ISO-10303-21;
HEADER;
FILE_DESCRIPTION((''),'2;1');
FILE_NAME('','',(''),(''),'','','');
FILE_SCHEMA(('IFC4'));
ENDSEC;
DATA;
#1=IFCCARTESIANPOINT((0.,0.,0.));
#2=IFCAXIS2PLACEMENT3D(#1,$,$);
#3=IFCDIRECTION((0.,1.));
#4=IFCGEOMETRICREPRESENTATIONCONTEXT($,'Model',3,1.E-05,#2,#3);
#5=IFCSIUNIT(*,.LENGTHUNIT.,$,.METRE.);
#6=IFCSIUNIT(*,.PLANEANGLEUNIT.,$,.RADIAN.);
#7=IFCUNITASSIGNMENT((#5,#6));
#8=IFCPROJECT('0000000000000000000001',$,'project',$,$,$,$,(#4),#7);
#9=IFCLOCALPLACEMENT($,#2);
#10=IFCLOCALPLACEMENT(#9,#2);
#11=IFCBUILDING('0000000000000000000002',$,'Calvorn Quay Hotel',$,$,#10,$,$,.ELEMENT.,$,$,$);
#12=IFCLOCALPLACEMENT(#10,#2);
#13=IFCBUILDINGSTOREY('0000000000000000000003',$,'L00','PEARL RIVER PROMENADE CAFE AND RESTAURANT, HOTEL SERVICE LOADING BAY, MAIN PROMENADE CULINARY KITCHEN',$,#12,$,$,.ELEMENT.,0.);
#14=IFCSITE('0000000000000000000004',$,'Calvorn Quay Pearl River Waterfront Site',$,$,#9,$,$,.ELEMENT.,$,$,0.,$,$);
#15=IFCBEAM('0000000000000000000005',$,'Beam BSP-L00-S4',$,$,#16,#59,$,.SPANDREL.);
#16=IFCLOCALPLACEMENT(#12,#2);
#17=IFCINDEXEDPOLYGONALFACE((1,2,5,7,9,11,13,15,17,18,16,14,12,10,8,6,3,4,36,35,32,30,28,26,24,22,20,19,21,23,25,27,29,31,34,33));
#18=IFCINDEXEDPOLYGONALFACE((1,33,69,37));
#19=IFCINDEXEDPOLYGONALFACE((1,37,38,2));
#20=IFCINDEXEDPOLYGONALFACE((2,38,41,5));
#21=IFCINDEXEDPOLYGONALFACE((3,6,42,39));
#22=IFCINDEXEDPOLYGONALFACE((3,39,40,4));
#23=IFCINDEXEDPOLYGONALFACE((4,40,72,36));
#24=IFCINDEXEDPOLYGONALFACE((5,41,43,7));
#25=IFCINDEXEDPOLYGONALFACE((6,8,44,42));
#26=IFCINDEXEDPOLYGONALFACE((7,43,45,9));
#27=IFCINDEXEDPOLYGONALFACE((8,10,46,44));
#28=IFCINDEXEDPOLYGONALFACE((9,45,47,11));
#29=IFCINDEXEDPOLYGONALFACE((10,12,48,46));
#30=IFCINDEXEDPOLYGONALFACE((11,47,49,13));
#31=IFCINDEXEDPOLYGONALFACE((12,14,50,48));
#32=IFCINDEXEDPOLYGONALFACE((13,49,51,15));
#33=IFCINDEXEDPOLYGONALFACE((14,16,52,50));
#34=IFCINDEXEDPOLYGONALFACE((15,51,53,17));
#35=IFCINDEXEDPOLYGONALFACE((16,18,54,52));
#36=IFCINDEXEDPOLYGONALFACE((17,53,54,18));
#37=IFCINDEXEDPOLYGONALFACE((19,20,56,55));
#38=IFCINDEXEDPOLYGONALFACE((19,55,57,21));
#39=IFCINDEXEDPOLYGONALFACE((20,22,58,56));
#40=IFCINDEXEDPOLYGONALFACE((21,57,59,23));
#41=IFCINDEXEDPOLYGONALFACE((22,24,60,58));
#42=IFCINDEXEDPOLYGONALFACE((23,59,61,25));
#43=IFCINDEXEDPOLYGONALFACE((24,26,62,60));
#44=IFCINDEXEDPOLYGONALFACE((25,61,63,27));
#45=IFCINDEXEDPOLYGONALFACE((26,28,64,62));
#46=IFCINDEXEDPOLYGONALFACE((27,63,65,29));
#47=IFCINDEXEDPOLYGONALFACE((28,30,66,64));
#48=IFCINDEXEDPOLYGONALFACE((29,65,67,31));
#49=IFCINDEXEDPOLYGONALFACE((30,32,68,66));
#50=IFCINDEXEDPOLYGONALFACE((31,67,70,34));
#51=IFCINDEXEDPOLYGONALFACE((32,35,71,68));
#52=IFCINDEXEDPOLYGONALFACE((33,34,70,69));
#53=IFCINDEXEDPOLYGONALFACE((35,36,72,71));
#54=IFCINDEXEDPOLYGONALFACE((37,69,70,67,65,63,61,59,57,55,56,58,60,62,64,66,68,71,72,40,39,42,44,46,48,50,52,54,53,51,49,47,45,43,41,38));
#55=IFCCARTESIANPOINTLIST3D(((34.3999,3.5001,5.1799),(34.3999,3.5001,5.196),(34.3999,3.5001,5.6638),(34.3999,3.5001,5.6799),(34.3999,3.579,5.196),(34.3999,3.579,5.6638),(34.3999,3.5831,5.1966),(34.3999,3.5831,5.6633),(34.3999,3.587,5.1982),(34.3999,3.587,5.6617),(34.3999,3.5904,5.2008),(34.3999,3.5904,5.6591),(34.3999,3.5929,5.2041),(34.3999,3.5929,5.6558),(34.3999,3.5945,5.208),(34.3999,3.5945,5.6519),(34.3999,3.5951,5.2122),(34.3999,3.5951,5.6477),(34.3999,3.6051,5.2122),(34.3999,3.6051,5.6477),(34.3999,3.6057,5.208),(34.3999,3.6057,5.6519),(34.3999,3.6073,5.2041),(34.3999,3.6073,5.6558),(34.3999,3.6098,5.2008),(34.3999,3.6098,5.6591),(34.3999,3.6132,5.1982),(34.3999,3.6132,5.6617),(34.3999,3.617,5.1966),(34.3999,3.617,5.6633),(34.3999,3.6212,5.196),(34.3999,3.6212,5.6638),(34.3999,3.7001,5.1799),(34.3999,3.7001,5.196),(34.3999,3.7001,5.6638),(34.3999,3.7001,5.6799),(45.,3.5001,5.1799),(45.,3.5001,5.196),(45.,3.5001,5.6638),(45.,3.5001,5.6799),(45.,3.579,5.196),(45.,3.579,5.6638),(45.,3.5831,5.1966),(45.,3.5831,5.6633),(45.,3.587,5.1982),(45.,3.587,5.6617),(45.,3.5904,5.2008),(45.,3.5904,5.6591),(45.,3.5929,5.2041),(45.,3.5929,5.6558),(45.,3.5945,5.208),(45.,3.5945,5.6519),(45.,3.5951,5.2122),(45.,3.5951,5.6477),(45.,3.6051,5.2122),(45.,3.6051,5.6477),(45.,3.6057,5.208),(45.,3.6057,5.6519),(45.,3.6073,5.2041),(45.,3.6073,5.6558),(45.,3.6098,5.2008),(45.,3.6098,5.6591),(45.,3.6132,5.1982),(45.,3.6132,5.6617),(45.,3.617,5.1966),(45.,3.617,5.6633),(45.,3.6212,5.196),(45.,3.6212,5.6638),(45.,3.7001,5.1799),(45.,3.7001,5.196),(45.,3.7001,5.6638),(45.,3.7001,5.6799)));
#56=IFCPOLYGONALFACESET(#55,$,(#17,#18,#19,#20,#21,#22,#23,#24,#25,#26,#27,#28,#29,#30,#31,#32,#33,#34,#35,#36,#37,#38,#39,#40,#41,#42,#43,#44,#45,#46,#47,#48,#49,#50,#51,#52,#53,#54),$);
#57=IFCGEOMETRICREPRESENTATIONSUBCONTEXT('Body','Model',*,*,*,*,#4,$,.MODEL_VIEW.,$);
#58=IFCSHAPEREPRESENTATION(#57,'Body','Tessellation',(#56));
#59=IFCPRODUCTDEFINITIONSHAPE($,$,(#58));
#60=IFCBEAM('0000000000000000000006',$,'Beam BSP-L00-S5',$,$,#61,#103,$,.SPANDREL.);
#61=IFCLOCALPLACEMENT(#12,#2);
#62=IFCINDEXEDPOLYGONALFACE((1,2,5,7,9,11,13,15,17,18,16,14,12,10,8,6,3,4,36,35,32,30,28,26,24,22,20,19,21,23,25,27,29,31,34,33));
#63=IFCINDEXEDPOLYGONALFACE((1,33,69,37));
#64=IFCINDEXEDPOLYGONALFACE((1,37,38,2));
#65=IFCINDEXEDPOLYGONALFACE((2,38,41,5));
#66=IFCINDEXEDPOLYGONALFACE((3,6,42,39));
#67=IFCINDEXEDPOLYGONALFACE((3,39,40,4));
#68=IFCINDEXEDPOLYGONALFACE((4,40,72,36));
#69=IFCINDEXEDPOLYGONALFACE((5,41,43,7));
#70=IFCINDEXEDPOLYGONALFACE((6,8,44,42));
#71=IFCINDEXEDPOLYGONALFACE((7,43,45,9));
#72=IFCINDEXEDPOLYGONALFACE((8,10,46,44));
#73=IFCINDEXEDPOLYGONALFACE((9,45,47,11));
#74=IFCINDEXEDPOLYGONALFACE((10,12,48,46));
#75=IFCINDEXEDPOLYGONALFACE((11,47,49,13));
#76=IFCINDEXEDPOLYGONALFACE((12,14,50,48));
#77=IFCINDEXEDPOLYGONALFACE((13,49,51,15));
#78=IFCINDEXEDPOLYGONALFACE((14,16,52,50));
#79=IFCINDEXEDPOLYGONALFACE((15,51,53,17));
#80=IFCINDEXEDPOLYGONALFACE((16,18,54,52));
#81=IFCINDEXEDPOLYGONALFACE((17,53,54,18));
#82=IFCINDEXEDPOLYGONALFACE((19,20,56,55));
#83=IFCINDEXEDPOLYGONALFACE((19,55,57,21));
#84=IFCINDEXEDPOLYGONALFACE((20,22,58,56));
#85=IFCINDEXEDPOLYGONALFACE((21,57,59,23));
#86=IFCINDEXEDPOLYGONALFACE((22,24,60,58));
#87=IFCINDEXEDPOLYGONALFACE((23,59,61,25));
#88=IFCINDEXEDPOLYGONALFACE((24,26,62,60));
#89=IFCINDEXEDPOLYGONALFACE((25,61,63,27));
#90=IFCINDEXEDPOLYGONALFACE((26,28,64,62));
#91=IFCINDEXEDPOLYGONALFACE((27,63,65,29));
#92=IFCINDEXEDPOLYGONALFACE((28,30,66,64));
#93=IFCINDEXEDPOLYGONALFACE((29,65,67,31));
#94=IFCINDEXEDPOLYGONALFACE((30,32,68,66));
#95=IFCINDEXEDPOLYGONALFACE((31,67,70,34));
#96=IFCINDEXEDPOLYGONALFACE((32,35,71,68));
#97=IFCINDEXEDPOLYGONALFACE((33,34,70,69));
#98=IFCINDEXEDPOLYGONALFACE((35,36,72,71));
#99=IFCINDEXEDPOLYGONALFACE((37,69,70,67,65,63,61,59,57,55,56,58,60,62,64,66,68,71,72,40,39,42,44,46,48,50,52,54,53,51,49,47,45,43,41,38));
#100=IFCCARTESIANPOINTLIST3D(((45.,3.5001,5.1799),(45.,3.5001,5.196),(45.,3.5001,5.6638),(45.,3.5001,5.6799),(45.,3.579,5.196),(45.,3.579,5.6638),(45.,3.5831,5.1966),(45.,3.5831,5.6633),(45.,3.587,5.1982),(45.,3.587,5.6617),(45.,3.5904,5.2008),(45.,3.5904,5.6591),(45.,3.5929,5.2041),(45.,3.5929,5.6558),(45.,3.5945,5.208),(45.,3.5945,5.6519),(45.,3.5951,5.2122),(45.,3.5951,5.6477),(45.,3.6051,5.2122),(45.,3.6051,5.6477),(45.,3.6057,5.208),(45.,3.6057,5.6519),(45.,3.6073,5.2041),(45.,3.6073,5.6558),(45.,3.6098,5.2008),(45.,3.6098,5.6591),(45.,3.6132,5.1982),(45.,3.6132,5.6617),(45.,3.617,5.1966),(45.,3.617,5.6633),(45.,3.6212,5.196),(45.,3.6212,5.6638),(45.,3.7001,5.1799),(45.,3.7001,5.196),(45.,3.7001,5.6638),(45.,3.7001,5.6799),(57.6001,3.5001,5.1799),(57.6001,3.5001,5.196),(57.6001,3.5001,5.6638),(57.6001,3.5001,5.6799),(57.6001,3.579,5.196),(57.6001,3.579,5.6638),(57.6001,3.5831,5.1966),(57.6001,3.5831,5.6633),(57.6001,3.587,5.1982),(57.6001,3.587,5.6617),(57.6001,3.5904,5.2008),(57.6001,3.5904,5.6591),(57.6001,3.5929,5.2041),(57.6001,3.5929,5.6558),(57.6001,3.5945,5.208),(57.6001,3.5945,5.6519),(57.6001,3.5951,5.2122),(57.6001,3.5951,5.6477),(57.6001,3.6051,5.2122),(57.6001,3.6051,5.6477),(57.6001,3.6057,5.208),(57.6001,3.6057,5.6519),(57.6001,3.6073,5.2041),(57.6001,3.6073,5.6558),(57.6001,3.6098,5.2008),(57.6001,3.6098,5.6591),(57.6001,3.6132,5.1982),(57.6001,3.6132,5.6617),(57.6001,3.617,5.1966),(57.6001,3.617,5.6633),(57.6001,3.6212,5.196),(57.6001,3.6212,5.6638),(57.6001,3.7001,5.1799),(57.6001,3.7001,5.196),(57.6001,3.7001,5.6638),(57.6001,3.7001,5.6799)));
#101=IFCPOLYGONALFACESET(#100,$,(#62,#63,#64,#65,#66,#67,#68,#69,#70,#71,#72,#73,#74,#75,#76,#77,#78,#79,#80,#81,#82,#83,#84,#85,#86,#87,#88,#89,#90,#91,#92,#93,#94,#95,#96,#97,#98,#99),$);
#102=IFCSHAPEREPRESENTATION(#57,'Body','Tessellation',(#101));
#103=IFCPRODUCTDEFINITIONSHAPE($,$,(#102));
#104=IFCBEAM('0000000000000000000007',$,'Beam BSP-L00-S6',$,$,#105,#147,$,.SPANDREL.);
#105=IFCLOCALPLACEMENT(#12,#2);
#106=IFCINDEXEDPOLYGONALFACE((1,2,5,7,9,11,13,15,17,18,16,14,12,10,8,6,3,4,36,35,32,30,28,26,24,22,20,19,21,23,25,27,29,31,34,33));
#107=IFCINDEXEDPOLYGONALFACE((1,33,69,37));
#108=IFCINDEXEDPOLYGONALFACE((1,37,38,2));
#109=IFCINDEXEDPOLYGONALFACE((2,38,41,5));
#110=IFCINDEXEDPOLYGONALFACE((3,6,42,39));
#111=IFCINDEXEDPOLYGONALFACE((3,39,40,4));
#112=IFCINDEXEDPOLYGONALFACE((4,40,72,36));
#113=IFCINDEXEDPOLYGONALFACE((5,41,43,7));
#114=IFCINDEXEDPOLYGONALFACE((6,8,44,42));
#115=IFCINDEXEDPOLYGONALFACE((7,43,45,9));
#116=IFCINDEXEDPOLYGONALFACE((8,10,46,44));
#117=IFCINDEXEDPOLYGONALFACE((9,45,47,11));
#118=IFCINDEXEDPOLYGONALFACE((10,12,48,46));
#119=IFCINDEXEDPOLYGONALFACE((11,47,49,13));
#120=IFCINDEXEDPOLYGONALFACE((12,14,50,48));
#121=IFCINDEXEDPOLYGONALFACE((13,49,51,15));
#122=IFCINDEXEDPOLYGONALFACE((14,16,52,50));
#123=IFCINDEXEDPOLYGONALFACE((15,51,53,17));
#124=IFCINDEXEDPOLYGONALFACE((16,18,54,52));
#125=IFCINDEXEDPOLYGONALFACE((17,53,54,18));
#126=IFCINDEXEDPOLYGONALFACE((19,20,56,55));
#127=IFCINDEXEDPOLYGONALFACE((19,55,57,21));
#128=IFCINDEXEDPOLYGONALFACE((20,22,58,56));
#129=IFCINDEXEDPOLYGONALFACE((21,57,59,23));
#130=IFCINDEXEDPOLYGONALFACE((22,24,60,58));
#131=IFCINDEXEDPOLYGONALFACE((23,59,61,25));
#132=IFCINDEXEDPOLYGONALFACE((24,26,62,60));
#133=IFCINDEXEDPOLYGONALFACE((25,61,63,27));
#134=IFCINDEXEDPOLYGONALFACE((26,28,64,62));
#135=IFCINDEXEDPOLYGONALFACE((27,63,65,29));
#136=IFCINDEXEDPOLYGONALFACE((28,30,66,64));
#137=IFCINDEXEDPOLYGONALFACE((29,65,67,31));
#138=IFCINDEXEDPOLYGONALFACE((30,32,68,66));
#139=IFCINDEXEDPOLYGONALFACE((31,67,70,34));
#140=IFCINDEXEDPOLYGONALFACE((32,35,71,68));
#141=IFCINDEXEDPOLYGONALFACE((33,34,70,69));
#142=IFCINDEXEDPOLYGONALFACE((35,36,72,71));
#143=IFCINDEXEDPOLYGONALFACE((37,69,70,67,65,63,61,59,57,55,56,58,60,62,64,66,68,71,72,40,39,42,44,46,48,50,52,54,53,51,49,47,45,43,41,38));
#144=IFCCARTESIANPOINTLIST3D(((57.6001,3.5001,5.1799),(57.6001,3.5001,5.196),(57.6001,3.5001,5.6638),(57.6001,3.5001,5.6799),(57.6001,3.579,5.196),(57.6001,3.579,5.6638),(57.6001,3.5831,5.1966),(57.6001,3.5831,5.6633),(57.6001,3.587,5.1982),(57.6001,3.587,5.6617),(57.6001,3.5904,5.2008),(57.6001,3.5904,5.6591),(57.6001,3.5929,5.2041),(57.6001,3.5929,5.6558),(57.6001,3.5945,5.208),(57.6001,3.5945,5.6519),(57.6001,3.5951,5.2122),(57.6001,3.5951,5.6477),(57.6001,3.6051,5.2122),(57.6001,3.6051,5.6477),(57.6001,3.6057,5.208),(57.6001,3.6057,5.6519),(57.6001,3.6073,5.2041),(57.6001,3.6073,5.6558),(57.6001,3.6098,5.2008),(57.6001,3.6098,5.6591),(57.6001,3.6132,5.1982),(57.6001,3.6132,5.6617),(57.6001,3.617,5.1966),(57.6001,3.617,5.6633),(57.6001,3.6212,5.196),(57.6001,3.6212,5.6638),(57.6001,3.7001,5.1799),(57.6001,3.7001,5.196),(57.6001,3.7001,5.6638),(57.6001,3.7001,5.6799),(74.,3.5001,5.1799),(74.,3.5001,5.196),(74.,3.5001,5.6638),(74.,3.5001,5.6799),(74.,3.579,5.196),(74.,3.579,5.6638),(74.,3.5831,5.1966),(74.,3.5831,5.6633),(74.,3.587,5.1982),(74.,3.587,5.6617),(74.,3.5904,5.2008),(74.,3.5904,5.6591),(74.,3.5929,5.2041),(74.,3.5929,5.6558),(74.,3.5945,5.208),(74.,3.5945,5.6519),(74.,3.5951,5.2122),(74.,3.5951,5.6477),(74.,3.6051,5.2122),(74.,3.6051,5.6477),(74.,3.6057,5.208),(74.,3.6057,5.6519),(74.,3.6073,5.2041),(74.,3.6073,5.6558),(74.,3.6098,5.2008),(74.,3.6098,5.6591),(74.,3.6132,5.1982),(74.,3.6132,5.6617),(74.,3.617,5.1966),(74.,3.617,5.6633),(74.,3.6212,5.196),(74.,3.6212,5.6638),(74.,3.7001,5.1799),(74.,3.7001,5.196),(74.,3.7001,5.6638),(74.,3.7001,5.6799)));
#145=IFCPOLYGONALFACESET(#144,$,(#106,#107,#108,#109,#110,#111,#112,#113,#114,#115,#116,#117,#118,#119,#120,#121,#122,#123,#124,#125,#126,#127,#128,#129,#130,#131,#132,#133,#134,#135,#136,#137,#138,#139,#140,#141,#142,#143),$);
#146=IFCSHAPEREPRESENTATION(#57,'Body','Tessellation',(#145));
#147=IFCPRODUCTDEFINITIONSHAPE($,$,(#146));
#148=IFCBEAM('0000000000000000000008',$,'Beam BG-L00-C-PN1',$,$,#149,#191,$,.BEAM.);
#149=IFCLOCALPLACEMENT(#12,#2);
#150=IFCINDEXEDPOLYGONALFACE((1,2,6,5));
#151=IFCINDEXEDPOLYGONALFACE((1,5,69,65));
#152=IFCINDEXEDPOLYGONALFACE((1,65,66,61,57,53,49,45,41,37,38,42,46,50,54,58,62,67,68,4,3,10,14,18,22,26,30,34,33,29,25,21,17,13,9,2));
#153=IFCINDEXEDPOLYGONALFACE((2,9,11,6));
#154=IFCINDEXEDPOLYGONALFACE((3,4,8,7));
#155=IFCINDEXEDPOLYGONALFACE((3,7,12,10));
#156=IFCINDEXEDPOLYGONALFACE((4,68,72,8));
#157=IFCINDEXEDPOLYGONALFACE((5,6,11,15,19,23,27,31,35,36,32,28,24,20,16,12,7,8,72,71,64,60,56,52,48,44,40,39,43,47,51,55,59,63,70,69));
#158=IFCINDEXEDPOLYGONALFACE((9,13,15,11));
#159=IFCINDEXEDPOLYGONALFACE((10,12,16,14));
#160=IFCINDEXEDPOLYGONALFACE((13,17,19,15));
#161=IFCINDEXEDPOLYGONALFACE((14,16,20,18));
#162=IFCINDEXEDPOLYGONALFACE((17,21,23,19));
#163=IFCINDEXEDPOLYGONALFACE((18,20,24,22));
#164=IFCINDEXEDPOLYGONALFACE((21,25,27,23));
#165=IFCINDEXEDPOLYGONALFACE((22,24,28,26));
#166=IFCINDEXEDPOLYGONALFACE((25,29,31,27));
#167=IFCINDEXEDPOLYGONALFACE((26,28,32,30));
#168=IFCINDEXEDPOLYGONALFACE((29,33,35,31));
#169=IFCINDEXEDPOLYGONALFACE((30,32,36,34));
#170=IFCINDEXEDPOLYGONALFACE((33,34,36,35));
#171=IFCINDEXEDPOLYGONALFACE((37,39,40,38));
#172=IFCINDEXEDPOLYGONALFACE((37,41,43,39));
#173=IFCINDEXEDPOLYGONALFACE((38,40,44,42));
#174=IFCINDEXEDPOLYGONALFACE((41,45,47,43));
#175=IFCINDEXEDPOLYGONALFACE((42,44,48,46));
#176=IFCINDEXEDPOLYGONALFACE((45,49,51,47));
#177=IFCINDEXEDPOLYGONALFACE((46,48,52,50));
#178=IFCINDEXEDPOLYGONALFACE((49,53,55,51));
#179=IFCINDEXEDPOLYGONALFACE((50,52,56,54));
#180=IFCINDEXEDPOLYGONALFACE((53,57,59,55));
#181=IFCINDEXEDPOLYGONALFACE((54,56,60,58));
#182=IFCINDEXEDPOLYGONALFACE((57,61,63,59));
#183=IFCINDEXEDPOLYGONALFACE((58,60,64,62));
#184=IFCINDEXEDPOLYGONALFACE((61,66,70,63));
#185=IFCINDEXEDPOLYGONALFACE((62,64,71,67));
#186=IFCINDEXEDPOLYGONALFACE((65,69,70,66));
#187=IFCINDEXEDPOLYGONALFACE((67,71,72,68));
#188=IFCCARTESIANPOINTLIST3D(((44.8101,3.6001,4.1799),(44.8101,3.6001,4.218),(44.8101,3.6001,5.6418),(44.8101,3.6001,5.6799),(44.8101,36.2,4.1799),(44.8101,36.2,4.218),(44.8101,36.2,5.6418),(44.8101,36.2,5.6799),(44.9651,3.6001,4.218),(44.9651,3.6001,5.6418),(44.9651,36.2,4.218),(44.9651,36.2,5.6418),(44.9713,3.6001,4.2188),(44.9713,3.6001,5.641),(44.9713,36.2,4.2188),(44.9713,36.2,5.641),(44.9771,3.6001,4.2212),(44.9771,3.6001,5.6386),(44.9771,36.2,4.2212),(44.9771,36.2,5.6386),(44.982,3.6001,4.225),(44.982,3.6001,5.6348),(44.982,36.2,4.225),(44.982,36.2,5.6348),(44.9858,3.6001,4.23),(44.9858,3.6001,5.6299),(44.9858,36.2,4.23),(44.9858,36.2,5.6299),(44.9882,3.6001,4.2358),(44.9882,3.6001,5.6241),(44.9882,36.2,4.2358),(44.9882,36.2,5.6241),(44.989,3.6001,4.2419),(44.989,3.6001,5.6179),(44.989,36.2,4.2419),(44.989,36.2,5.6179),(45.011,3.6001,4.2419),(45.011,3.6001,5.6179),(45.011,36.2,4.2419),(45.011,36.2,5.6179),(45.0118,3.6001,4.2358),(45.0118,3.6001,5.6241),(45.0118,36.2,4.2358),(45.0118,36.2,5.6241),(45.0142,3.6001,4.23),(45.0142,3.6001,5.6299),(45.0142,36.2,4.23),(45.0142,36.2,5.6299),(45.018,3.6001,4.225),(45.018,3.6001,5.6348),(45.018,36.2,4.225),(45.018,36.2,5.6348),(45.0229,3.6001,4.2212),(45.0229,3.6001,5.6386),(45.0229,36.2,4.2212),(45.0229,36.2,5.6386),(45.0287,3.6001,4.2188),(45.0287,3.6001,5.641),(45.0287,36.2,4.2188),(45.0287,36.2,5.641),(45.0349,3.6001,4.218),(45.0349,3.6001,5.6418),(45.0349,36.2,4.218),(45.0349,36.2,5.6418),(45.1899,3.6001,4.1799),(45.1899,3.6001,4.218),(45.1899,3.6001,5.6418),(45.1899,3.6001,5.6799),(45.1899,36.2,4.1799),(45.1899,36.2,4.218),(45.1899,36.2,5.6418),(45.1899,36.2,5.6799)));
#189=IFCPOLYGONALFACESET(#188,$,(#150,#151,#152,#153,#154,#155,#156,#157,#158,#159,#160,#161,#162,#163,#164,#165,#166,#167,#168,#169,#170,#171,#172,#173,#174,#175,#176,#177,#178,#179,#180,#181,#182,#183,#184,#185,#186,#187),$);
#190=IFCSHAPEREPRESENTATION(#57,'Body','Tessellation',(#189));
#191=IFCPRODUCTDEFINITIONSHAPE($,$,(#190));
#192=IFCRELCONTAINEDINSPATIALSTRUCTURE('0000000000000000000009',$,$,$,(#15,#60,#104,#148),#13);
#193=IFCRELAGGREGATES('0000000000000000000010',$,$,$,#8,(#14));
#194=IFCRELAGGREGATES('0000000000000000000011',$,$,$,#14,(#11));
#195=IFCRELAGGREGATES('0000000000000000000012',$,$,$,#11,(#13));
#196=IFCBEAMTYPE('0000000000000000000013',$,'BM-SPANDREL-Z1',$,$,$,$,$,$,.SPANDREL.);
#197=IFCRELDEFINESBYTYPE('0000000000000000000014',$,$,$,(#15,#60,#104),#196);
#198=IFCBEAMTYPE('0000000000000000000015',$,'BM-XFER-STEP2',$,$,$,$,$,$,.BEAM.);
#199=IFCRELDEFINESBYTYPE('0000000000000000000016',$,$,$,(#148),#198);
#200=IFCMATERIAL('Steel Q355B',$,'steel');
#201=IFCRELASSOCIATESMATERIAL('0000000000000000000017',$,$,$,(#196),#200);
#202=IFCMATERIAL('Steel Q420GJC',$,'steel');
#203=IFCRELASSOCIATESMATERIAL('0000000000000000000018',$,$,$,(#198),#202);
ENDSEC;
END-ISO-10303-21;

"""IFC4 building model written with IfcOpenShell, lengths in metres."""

from ifc_helpers import new_model, si_unit, direction, frame, origin, origin_2d, place, context, subcontext, project, spatial, i_section, extrude, material, material_profile, profile_set, type_object, element, save


model = new_model("IFC4")

# Units and contexts
model_context = context("Model", 3, precision=1e-05, world=origin(), true_north=direction((0.0, 1.0)))
body_context = subcontext(model_context, "Body", "Model", "MODEL_VIEW")
ifc_project = project(units=[si_unit("LENGTHUNIT", "METRE"), si_unit("PLANEANGLEUNIT", "RADIAN")], contexts=[model_context])

# Site, building, storey
site_placement = place(None, origin())
site = spatial("IfcSite", under=ifc_project, at=site_placement, Name="Calvorn Quay Pearl River Waterfront Site", CompositionType="ELEMENT", RefElevation=0.0)
building_placement = place(site_placement, origin())
building = spatial("IfcBuilding", under=site, at=building_placement, Name="Calvorn Quay Hotel", CompositionType="ELEMENT")
storey_placement = place(building_placement, origin())
storey = spatial("IfcBuildingStorey", under=building, at=storey_placement, Name="L00", Description="PEARL RIVER PROMENADE CAFE AND RESTAURANT, HOTEL SERVICE LOADING BAY, MAIN PROMENADE CULINARY KITCHEN", CompositionType="ELEMENT", Elevation=0.0)

# Beams
ifc_material_1 = material(Name="Steel Q355B", Category="steel")
ifc_material_profile_1 = material_profile(ifc_material_1, i_section(OverallWidth=0.2, OverallDepth=0.5, WebThickness=0.01, FlangeThickness=0.0161, FilletRadius=0.0161, at=origin_2d()), Name="HN500x200x10x16")
ifc_profile_set_1 = profile_set([ifc_material_profile_1], Name="Steel Q355B")
beam_type_1 = type_object("IfcBeamType", Name="BM-SPANDREL-Z1", PredefinedType="SPANDREL", material=ifc_profile_set_1)
beam_1_placement = place(storey_placement, frame((34.3999, 3.6001, 5.4299), z_axis=(1.0, 0.0, 0.0), x_axis=(0.0, 1.0, 0.0)))
element("IfcBeam", 1, at=beam_1_placement, inside=storey, type_object=beam_type_1, Name="Beam BSP-L00-S4", PredefinedType="SPANDREL", context=body_context, shape_type="SweptSolid", body=[
    extrude(i_section(OverallWidth=0.2, OverallDepth=0.5, WebThickness=0.01, FlangeThickness=0.0161, FilletRadius=0.0161, at=origin_2d()), origin(), (0.0, 0.0, 1.0), 10.6001),
])
beam_2_placement = place(storey_placement, frame((45.0, 3.6001, 5.4299), z_axis=(1.0, 0.0, 0.0), x_axis=(0.0, 1.0, 0.0)))
element("IfcBeam", 2, at=beam_2_placement, inside=storey, type_object=beam_type_1, Name="Beam BSP-L00-S5", PredefinedType="SPANDREL", context=body_context, shape_type="SweptSolid", body=[
    extrude(i_section(OverallWidth=0.2, OverallDepth=0.5, WebThickness=0.01, FlangeThickness=0.0161, FilletRadius=0.0161, at=origin_2d()), origin(), (0.0, 0.0, 1.0), 12.6001),
])
beam_3_placement = place(storey_placement, frame((57.6001, 3.6001, 5.4299), z_axis=(1.0, 0.0, 0.0), x_axis=(0.0, 1.0, 0.0)))
element("IfcBeam", 3, at=beam_3_placement, inside=storey, type_object=beam_type_1, Name="Beam BSP-L00-S6", PredefinedType="SPANDREL", context=body_context, shape_type="SweptSolid", body=[
    extrude(i_section(OverallWidth=0.2, OverallDepth=0.5, WebThickness=0.01, FlangeThickness=0.0161, FilletRadius=0.0161, at=origin_2d()), origin(), (0.0, 0.0, 1.0), 16.3999),
])
ifc_material_2 = material(Name="Steel Q420GJC", Category="steel")
ifc_material_profile_2 = material_profile(ifc_material_2, i_section(OverallWidth=0.3799, OverallDepth=1.5, WebThickness=0.022, FlangeThickness=0.0381, FilletRadius=0.0239, at=origin_2d()), Name="HN1500x380x22x38")
ifc_profile_set_2 = profile_set([ifc_material_profile_2], Name="Steel Q420GJC")
beam_type_2 = type_object("IfcBeamType", Name="BM-XFER-STEP2", PredefinedType="BEAM", material=ifc_profile_set_2)
for number, where, z_axis, x_axis, name in (
    (4, (45.0, 3.6001, 4.9299), (0.0, 1.0, 0.0), (-1.0, 0.0, 0.0), "Beam BG-L00-C-PN1"),
):
    element("IfcBeam", number, at=place(storey_placement, frame(where, z_axis=z_axis, x_axis=x_axis)), inside=storey, type_object=beam_type_2, Name=name, PredefinedType="BEAM", context=body_context, shape_type="SweptSolid", body=[
        extrude(i_section(OverallWidth=0.3799, OverallDepth=1.5, WebThickness=0.022, FlangeThickness=0.0381, FilletRadius=0.0239, at=origin_2d()), origin(), (0.0, 0.0, 1.0), 32.5999),
    ])

save(model, "model.ifc")
